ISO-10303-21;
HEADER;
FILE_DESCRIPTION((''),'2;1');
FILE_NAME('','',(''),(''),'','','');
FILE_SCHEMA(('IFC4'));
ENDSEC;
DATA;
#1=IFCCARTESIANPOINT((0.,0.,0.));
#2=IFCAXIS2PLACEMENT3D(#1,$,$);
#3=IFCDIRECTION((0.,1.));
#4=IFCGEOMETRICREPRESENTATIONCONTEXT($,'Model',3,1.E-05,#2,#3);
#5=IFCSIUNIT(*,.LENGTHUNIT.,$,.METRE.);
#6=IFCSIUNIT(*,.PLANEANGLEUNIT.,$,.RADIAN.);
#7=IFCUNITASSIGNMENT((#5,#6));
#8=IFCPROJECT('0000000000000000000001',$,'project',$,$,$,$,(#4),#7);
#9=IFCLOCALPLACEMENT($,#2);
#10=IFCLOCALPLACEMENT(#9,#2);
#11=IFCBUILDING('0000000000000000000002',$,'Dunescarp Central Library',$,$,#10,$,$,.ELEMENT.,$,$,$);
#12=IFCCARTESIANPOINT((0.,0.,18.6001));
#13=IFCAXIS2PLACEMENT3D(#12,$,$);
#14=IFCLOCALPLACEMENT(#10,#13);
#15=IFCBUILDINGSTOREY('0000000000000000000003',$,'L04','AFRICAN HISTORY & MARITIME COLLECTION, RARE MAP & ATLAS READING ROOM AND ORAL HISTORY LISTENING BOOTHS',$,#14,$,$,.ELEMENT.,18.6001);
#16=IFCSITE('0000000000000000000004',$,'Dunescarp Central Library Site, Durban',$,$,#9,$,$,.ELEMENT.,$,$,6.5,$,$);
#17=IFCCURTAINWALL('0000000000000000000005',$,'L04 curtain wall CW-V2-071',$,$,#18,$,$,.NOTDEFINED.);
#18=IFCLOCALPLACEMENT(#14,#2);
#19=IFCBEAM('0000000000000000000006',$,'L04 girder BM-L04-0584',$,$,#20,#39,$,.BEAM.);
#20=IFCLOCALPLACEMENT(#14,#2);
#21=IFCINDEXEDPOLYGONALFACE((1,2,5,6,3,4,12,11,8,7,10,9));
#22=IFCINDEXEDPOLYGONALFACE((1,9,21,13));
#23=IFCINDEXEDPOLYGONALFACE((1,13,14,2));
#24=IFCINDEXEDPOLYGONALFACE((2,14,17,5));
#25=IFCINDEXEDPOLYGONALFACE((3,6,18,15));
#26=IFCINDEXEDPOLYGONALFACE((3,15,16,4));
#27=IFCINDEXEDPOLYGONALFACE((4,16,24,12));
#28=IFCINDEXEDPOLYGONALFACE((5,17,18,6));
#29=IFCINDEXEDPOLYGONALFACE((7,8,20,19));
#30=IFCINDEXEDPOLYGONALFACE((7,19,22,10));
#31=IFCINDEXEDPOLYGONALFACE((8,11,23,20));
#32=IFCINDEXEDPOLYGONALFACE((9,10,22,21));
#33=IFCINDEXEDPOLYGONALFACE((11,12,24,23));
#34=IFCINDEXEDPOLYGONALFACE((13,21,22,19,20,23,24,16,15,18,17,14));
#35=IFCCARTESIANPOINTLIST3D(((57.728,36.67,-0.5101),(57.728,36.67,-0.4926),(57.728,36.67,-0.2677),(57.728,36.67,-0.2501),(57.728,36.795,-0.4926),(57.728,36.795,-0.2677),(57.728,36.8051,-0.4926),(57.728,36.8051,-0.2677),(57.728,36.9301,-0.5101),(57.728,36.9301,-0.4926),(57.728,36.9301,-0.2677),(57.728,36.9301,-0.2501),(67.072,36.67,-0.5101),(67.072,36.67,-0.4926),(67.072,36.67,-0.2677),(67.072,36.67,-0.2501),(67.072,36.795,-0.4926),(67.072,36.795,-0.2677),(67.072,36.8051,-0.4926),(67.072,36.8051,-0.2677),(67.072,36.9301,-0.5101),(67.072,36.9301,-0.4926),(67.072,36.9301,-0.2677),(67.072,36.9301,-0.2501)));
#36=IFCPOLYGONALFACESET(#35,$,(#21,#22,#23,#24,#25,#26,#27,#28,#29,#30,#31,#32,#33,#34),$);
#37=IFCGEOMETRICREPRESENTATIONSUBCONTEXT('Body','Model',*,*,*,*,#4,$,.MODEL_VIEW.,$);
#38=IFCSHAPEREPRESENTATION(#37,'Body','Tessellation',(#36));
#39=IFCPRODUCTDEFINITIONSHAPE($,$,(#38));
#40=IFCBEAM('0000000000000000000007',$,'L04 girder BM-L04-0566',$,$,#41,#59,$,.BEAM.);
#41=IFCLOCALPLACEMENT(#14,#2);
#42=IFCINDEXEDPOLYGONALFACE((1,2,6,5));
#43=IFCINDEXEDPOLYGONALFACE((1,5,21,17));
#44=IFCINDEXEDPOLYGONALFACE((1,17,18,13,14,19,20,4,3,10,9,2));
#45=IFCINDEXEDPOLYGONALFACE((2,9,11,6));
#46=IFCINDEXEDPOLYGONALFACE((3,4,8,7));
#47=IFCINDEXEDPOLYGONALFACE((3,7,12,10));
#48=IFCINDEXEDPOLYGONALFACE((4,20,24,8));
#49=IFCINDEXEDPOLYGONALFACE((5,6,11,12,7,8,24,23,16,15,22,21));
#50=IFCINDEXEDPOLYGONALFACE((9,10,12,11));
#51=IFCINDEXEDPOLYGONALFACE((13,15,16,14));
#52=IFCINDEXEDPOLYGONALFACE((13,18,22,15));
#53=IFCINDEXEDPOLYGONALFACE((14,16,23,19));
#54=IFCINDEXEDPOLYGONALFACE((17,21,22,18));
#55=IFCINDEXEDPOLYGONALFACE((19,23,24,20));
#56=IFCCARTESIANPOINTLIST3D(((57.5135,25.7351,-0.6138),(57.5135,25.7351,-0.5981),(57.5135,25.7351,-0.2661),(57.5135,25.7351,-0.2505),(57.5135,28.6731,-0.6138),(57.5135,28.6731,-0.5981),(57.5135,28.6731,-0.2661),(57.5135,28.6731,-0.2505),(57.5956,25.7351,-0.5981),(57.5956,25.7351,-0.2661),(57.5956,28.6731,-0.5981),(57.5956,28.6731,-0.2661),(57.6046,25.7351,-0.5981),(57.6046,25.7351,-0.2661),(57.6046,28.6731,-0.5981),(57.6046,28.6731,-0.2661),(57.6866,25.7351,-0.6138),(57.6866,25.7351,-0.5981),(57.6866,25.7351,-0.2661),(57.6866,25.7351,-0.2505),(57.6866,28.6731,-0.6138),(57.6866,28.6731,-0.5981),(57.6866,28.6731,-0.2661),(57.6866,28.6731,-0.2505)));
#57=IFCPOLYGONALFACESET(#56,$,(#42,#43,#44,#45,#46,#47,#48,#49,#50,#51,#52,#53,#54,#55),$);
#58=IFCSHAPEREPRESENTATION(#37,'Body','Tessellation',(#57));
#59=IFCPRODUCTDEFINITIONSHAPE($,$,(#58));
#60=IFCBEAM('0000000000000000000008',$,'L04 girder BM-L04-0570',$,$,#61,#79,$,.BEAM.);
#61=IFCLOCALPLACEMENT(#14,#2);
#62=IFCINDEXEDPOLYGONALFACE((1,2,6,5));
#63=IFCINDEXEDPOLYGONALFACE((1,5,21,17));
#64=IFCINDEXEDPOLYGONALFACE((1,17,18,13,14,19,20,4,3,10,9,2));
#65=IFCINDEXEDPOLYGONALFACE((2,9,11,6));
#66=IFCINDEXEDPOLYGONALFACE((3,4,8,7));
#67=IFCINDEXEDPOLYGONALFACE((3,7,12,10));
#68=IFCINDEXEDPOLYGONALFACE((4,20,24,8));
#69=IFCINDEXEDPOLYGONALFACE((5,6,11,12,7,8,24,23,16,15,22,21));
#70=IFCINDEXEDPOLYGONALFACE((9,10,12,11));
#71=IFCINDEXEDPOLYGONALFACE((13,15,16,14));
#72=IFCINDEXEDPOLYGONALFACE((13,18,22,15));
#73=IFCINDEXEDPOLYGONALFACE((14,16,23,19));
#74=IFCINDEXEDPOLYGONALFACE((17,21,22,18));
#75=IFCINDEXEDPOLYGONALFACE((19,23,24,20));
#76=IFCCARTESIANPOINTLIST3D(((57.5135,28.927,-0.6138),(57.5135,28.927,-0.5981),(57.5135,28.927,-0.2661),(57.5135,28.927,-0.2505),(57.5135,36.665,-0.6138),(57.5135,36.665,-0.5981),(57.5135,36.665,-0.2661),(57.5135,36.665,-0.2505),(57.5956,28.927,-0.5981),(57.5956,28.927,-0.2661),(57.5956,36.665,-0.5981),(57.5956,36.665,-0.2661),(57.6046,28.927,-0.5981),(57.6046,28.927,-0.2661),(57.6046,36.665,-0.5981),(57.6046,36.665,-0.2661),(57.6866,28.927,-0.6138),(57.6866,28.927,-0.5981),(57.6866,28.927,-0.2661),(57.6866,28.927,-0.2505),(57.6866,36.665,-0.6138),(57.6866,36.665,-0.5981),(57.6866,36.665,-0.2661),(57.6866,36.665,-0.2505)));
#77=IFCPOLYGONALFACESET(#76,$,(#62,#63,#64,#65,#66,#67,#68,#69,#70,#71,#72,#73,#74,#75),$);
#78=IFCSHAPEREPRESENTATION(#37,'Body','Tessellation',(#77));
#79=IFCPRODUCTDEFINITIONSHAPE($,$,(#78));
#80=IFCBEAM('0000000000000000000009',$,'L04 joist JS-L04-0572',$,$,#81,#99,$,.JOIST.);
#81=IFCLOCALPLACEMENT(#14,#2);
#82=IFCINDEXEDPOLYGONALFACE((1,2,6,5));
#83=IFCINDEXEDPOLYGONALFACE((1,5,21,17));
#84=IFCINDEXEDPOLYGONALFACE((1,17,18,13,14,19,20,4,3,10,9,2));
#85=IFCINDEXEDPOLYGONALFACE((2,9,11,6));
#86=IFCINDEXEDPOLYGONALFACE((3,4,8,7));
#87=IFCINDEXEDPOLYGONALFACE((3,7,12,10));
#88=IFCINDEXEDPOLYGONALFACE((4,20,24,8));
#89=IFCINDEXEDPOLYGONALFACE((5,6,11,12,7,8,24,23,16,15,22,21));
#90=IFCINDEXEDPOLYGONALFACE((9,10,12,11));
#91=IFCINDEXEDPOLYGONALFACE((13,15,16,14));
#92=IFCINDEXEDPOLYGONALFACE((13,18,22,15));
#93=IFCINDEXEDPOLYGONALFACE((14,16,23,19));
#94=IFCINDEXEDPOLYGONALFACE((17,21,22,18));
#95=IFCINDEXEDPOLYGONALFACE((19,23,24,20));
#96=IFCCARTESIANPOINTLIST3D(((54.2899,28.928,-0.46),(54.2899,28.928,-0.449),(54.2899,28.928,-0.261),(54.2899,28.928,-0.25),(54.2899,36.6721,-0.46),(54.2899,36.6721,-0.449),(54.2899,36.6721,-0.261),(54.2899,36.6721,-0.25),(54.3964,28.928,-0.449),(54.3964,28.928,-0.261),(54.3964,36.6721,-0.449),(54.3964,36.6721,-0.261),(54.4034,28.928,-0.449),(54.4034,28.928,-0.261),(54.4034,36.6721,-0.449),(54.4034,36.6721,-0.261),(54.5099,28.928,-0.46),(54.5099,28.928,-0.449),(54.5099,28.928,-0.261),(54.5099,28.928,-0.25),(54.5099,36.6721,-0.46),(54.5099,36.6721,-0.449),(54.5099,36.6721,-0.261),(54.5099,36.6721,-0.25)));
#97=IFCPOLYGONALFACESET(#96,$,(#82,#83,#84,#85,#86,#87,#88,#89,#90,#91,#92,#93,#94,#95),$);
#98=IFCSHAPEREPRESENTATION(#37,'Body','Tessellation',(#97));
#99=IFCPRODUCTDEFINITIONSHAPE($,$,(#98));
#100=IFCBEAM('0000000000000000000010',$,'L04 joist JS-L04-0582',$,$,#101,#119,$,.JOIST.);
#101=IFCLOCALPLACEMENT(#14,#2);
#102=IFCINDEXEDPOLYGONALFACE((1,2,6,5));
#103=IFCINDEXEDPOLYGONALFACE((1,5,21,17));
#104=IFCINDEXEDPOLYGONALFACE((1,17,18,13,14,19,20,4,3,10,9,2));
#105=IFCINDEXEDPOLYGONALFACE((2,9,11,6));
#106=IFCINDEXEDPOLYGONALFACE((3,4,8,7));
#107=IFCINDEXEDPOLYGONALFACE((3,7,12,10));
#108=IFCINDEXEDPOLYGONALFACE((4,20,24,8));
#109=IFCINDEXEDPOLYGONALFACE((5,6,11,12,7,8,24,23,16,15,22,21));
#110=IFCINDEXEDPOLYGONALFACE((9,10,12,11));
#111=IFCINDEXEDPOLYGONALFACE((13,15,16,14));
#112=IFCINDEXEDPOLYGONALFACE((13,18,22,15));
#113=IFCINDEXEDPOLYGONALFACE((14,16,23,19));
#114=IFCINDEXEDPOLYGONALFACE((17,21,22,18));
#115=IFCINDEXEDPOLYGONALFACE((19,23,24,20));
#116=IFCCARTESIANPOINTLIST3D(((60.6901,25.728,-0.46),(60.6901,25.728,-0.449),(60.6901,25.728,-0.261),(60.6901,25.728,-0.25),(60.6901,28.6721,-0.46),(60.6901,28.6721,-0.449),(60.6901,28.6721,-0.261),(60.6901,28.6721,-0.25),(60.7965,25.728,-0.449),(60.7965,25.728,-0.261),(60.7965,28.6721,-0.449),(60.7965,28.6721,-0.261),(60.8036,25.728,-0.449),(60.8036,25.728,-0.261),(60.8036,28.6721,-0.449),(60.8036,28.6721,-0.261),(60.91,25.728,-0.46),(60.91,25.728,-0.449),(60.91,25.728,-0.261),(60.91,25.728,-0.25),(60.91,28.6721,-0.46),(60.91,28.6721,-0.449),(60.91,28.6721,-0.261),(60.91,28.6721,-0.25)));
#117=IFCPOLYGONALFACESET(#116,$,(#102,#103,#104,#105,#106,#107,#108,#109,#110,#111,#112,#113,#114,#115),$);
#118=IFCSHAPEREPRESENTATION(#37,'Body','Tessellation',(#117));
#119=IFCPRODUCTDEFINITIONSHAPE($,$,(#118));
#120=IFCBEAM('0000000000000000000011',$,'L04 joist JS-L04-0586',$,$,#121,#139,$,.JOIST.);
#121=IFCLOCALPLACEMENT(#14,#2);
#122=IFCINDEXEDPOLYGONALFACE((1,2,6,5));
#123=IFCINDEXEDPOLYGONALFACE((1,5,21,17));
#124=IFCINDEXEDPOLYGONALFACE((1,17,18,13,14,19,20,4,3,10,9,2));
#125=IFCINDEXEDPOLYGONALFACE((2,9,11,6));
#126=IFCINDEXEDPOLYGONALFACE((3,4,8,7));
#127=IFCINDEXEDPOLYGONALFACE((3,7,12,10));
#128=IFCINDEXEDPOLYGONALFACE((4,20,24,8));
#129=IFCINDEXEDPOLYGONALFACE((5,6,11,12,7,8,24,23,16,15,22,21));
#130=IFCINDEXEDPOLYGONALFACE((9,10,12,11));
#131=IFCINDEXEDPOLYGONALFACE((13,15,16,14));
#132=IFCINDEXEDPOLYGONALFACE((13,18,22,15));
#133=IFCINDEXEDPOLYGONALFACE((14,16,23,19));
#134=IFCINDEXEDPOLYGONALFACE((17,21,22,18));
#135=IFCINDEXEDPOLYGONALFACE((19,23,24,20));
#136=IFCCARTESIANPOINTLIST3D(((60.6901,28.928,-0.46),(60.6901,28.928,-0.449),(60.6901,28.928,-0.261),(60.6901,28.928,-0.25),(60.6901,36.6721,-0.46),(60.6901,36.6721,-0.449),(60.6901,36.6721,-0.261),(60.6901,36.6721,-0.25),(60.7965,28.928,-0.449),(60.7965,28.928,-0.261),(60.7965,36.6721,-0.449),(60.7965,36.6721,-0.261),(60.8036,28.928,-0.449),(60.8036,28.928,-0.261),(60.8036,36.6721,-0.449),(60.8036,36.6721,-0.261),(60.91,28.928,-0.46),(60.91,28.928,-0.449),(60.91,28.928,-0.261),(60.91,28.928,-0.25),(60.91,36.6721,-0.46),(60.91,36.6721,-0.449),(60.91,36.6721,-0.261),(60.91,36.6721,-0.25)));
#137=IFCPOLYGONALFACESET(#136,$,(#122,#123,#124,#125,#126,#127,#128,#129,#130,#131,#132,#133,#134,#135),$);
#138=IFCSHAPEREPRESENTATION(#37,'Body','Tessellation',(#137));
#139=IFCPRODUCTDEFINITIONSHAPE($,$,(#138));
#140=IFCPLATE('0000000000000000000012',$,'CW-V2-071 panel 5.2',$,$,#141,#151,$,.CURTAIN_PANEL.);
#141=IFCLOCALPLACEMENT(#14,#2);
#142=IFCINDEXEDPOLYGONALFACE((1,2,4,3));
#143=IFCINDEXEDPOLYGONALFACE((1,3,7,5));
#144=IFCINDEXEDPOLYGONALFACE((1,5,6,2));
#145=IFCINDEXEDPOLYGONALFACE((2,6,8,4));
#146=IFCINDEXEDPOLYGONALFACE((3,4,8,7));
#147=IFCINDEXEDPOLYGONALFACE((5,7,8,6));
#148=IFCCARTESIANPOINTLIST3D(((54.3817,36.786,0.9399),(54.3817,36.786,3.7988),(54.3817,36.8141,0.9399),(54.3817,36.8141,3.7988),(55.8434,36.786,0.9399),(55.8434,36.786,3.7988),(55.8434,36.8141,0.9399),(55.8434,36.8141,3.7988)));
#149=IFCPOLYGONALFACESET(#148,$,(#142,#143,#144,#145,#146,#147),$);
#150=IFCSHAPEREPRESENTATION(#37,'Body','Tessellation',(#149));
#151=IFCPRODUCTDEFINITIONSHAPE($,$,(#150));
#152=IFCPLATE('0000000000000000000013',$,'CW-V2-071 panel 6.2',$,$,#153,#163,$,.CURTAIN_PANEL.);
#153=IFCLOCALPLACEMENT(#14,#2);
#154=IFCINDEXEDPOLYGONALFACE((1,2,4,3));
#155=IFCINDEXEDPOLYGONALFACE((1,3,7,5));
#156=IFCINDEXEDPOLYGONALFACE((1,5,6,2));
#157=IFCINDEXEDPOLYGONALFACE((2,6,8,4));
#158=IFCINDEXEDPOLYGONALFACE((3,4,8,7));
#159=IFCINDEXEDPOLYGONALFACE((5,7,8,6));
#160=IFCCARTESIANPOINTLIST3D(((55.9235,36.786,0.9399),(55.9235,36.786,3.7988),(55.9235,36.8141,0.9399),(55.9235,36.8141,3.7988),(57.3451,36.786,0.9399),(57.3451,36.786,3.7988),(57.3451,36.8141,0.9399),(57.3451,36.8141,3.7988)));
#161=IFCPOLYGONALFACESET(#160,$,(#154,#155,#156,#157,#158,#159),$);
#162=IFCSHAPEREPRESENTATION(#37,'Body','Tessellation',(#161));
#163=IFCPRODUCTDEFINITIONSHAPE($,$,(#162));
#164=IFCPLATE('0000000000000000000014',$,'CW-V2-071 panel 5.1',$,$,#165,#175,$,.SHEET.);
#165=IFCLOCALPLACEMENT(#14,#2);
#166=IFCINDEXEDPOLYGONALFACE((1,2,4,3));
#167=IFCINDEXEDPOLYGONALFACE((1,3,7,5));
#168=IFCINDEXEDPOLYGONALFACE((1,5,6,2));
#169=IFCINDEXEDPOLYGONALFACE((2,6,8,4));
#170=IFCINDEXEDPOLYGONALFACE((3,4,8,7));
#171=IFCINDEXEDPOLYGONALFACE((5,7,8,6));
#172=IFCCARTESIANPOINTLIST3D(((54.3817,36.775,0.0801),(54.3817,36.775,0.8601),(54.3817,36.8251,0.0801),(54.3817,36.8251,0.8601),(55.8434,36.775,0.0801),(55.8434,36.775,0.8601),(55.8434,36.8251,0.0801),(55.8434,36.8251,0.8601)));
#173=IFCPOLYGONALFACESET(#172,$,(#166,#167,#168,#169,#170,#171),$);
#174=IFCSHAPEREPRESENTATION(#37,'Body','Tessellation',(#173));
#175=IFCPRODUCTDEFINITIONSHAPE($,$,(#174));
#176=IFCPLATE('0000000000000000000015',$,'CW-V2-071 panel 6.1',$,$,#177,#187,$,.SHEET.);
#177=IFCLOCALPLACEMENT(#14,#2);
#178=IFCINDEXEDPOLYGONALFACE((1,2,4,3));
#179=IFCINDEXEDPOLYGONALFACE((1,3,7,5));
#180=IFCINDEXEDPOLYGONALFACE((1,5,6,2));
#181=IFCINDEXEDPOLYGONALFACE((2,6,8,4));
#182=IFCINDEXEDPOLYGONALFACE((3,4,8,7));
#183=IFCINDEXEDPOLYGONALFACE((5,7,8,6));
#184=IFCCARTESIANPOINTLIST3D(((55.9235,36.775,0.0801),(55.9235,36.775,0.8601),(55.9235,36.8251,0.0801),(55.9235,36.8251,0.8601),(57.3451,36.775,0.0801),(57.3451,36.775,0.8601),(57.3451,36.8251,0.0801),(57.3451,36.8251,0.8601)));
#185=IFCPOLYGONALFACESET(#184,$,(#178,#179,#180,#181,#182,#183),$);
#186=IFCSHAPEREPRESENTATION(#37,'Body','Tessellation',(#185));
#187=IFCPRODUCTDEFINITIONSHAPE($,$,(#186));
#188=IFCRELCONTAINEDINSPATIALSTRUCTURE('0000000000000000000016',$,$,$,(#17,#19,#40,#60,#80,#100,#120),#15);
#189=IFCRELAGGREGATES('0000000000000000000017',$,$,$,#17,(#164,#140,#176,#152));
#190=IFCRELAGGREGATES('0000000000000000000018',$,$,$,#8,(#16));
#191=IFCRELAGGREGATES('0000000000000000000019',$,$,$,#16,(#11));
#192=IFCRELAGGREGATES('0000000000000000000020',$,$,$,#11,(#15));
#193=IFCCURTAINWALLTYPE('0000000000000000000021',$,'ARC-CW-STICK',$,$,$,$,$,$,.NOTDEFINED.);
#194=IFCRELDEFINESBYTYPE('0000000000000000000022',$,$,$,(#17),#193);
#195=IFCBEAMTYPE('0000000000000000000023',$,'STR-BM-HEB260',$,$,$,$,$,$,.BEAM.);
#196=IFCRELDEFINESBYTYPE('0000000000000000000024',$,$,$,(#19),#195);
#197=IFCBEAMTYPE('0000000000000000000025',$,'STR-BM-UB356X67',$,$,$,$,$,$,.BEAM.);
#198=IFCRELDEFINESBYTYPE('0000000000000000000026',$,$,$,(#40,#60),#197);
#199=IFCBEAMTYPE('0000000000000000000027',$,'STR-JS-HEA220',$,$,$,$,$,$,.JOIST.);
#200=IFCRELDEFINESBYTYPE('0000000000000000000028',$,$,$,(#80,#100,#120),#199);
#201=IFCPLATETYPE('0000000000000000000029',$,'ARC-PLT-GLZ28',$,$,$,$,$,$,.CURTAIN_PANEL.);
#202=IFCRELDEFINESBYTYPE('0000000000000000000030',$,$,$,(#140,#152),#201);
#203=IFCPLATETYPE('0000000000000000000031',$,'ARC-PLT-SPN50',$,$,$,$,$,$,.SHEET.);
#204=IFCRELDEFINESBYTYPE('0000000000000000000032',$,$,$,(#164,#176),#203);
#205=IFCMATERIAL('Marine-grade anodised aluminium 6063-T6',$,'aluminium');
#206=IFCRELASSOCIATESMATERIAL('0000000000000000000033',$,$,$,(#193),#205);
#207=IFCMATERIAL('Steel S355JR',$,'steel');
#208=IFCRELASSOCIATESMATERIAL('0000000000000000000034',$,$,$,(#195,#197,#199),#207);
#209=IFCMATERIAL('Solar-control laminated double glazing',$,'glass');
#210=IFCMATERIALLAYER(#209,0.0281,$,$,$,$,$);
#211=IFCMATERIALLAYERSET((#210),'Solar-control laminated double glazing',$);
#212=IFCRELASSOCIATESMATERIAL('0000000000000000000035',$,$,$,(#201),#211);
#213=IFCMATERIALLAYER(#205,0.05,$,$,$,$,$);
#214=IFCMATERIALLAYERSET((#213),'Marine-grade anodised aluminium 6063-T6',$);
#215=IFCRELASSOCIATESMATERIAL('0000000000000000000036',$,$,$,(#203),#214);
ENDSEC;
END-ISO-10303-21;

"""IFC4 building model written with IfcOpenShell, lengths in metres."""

from ifc_helpers import new_model, si_unit, direction, frame, origin, origin_2d, place, context, subcontext, project, spatial, rectangle, i_section, extrude, material, layer, layer_set, material_profile, profile_set, type_object, element, aggregate, save


model = new_model("IFC4")

# Units and contexts
model_context = context("Model", 3, precision=1e-05, world=origin(), true_north=direction((0.0, 1.0)))
body_context = subcontext(model_context, "Body", "Model", "MODEL_VIEW")
ifc_project = project(units=[si_unit("LENGTHUNIT", "METRE"), si_unit("PLANEANGLEUNIT", "RADIAN")], contexts=[model_context])

# Site, building, storey
site_placement = place(None, origin())
site = spatial("IfcSite", under=ifc_project, at=site_placement, Name="Dunescarp Central Library Site, Durban", CompositionType="ELEMENT", RefElevation=6.5)
building_placement = place(site_placement, origin())
building = spatial("IfcBuilding", under=site, at=building_placement, Name="Dunescarp Central Library", CompositionType="ELEMENT")
storey_placement = place(building_placement, frame((0.0, 0.0, 18.6001)))
storey = spatial("IfcBuildingStorey", under=building, at=storey_placement, Name="L04", Description="AFRICAN HISTORY & MARITIME COLLECTION, RARE MAP & ATLAS READING ROOM AND ORAL HISTORY LISTENING BOOTHS", CompositionType="ELEMENT", Elevation=18.6001)

# Shared definitions
ifc_material_1 = material(Name="Steel S355JR", Category="steel")

# Curtain wall
ifc_material_2 = material(Name="Marine-grade anodised aluminium 6063-T6", Category="aluminium")
curtain_wall_type = type_object("IfcCurtainWallType", Name="ARC-CW-STICK", PredefinedType="NOTDEFINED", material=ifc_material_2)
curtain_wall_1_placement = place(storey_placement, origin())
curtain_wall_1 = element("IfcCurtainWall", 1, at=curtain_wall_1_placement, inside=storey, type_object=curtain_wall_type, Name="L04 curtain wall CW-V2-071", PredefinedType="NOTDEFINED")

# Beams
ifc_material_profile_1 = material_profile(ifc_material_1, i_section(OverallWidth=0.26, OverallDepth=0.26, WebThickness=0.01, FlangeThickness=0.0176, at=origin_2d()), Name="HEB 260")
ifc_profile_set_1 = profile_set([ifc_material_profile_1], Name="Steel S355JR")
beam_type_1 = type_object("IfcBeamType", Name="STR-BM-HEB260", PredefinedType="BEAM", material=ifc_profile_set_1)
beam_1_placement = place(storey_placement, frame((57.728, 36.8, -0.3801), z_axis=(1.0, 0.0, 0.0), x_axis=(0.0, 1.0, 0.0)))
element("IfcBeam", 2, at=beam_1_placement, inside=storey, type_object=beam_type_1, Name="L04 girder BM-L04-0584", PredefinedType="BEAM", context=body_context, shape_type="SweptSolid", body=[
    extrude(i_section(OverallWidth=0.26, OverallDepth=0.26, WebThickness=0.01, FlangeThickness=0.0176, at=origin_2d()), origin(), (0.0, 0.0, 1.0), 9.344),
])
ifc_material_profile_2 = material_profile(ifc_material_1, i_section(OverallWidth=0.1731, OverallDepth=0.3633, WebThickness=0.009, FlangeThickness=0.0156, at=origin_2d()), Name="UB 356x171x67")
ifc_profile_set_2 = profile_set([ifc_material_profile_2], Name="Steel S355JR")
beam_type_2 = type_object("IfcBeamType", Name="STR-BM-UB356X67", PredefinedType="BEAM", material=ifc_profile_set_2)
beam_2_placement = place(storey_placement, frame((57.6001, 25.7351, -0.4321), z_axis=(0.0, 1.0, 0.0), x_axis=(-1.0, 0.0, 0.0)))
element("IfcBeam", 3, at=beam_2_placement, inside=storey, type_object=beam_type_2, Name="L04 girder BM-L04-0566", PredefinedType="BEAM", context=body_context, shape_type="SweptSolid", body=[
    extrude(i_section(OverallWidth=0.1731, OverallDepth=0.3633, WebThickness=0.009, FlangeThickness=0.0156, at=origin_2d()), origin(), (0.0, 0.0, 1.0), 2.938),
])
beam_3_placement = place(storey_placement, frame((57.6001, 28.927, -0.4321), z_axis=(0.0, 1.0, 0.0), x_axis=(-1.0, 0.0, 0.0)))
element("IfcBeam", 4, at=beam_3_placement, inside=storey, type_object=beam_type_2, Name="L04 girder BM-L04-0570", PredefinedType="BEAM", context=body_context, shape_type="SweptSolid", body=[
    extrude(i_section(OverallWidth=0.1731, OverallDepth=0.3633, WebThickness=0.009, FlangeThickness=0.0156, at=origin_2d()), origin(), (0.0, 0.0, 1.0), 7.738),
])
ifc_material_profile_3 = material_profile(ifc_material_1, i_section(OverallWidth=0.22, OverallDepth=0.21, WebThickness=0.0071, FlangeThickness=0.011, at=origin_2d()), Name="HEA 220")
ifc_profile_set_3 = profile_set([ifc_material_profile_3], Name="Steel S355JR")
beam_type_3 = type_object("IfcBeamType", Name="STR-JS-HEA220", PredefinedType="JOIST", material=ifc_profile_set_3)
beam_4_placement = place(storey_placement, frame((54.3999, 28.928, -0.355), z_axis=(0.0, 1.0, 0.0), x_axis=(-1.0, 0.0, 0.0)))
element("IfcBeam", 5, at=beam_4_placement, inside=storey, type_object=beam_type_3, Name="L04 joist JS-L04-0572", PredefinedType="JOIST", context=body_context, shape_type="SweptSolid", body=[
    extrude(i_section(OverallWidth=0.22, OverallDepth=0.21, WebThickness=0.0071, FlangeThickness=0.011, at=origin_2d()), origin(), (0.0, 0.0, 1.0), 7.7441),
])
beam_5_placement = place(storey_placement, frame((60.8, 25.728, -0.355), z_axis=(0.0, 1.0, 0.0), x_axis=(-1.0, 0.0, 0.0)))
element("IfcBeam", 6, at=beam_5_placement, inside=storey, type_object=beam_type_3, Name="L04 joist JS-L04-0582", PredefinedType="JOIST", context=body_context, shape_type="SweptSolid", body=[
    extrude(i_section(OverallWidth=0.22, OverallDepth=0.21, WebThickness=0.0071, FlangeThickness=0.011, at=origin_2d()), origin(), (0.0, 0.0, 1.0), 2.9441),
])
beam_6_placement = place(storey_placement, frame((60.8, 28.928, -0.355), z_axis=(0.0, 1.0, 0.0), x_axis=(-1.0, 0.0, 0.0)))
element("IfcBeam", 7, at=beam_6_placement, inside=storey, type_object=beam_type_3, Name="L04 joist JS-L04-0586", PredefinedType="JOIST", context=body_context, shape_type="SweptSolid", body=[
    extrude(i_section(OverallWidth=0.22, OverallDepth=0.21, WebThickness=0.0071, FlangeThickness=0.011, at=origin_2d()), origin(), (0.0, 0.0, 1.0), 7.7441),
])

# Plates
ifc_material_3 = material(Name="Solar-control laminated double glazing", Category="glass")
ifc_layer_1 = layer(ifc_material_3, 0.0281)
ifc_layer_set_1 = layer_set([ifc_layer_1], Name="Solar-control laminated double glazing")
plate_type_1 = type_object("IfcPlateType", Name="ARC-PLT-GLZ28", PredefinedType="CURTAIN_PANEL", material=ifc_layer_set_1)
plate_1_placement = place(storey_placement, frame((55.1125, 36.8, 0.9399), z_axis=(0.0, 0.0, 1.0), x_axis=(1.0, 0.0, 0.0)))
plate_1 = element("IfcPlate", 8, at=plate_1_placement, type_object=plate_type_1, Name="CW-V2-071 panel 5.2", PredefinedType="CURTAIN_PANEL", context=body_context, shape_type="SweptSolid", body=[
    extrude(rectangle(XDim=1.4617, YDim=0.0281, at=origin_2d()), origin(), (0.0, 0.0, 1.0), 2.8589),
])
plate_2_placement = place(storey_placement, frame((56.6343, 36.8, 0.9399), z_axis=(0.0, 0.0, 1.0), x_axis=(1.0, 0.0, 0.0)))
plate_2 = element("IfcPlate", 9, at=plate_2_placement, type_object=plate_type_1, Name="CW-V2-071 panel 6.2", PredefinedType="CURTAIN_PANEL", context=body_context, shape_type="SweptSolid", body=[
    extrude(rectangle(XDim=1.4216, YDim=0.0281, at=origin_2d()), origin(), (0.0, 0.0, 1.0), 2.8589),
])
ifc_layer_2 = layer(ifc_material_2, 0.05)
ifc_layer_set_2 = layer_set([ifc_layer_2], Name="Marine-grade anodised aluminium 6063-T6")
plate_type_2 = type_object("IfcPlateType", Name="ARC-PLT-SPN50", PredefinedType="SHEET", material=ifc_layer_set_2)
plate_3_placement = place(storey_placement, frame((55.1125, 36.8, 0.0801), z_axis=(0.0, 0.0, 1.0), x_axis=(1.0, 0.0, 0.0)))
plate_3 = element("IfcPlate", 10, at=plate_3_placement, type_object=plate_type_2, Name="CW-V2-071 panel 5.1", PredefinedType="SHEET", context=body_context, shape_type="SweptSolid", body=[
    extrude(rectangle(XDim=1.4617, YDim=0.05, at=origin_2d()), origin(), (0.0, 0.0, 1.0), 0.78),
])
plate_4_placement = place(storey_placement, frame((56.6343, 36.8, 0.0801), z_axis=(0.0, 0.0, 1.0), x_axis=(1.0, 0.0, 0.0)))
plate_4 = element("IfcPlate", 11, at=plate_4_placement, type_object=plate_type_2, Name="CW-V2-071 panel 6.1", PredefinedType="SHEET", context=body_context, shape_type="SweptSolid", body=[
    extrude(rectangle(XDim=1.4216, YDim=0.05, at=origin_2d()), origin(), (0.0, 0.0, 1.0), 0.78),
])
aggregate(curtain_wall_1, [plate_3, plate_1, plate_4, plate_2])

save(model, "model.ifc")
